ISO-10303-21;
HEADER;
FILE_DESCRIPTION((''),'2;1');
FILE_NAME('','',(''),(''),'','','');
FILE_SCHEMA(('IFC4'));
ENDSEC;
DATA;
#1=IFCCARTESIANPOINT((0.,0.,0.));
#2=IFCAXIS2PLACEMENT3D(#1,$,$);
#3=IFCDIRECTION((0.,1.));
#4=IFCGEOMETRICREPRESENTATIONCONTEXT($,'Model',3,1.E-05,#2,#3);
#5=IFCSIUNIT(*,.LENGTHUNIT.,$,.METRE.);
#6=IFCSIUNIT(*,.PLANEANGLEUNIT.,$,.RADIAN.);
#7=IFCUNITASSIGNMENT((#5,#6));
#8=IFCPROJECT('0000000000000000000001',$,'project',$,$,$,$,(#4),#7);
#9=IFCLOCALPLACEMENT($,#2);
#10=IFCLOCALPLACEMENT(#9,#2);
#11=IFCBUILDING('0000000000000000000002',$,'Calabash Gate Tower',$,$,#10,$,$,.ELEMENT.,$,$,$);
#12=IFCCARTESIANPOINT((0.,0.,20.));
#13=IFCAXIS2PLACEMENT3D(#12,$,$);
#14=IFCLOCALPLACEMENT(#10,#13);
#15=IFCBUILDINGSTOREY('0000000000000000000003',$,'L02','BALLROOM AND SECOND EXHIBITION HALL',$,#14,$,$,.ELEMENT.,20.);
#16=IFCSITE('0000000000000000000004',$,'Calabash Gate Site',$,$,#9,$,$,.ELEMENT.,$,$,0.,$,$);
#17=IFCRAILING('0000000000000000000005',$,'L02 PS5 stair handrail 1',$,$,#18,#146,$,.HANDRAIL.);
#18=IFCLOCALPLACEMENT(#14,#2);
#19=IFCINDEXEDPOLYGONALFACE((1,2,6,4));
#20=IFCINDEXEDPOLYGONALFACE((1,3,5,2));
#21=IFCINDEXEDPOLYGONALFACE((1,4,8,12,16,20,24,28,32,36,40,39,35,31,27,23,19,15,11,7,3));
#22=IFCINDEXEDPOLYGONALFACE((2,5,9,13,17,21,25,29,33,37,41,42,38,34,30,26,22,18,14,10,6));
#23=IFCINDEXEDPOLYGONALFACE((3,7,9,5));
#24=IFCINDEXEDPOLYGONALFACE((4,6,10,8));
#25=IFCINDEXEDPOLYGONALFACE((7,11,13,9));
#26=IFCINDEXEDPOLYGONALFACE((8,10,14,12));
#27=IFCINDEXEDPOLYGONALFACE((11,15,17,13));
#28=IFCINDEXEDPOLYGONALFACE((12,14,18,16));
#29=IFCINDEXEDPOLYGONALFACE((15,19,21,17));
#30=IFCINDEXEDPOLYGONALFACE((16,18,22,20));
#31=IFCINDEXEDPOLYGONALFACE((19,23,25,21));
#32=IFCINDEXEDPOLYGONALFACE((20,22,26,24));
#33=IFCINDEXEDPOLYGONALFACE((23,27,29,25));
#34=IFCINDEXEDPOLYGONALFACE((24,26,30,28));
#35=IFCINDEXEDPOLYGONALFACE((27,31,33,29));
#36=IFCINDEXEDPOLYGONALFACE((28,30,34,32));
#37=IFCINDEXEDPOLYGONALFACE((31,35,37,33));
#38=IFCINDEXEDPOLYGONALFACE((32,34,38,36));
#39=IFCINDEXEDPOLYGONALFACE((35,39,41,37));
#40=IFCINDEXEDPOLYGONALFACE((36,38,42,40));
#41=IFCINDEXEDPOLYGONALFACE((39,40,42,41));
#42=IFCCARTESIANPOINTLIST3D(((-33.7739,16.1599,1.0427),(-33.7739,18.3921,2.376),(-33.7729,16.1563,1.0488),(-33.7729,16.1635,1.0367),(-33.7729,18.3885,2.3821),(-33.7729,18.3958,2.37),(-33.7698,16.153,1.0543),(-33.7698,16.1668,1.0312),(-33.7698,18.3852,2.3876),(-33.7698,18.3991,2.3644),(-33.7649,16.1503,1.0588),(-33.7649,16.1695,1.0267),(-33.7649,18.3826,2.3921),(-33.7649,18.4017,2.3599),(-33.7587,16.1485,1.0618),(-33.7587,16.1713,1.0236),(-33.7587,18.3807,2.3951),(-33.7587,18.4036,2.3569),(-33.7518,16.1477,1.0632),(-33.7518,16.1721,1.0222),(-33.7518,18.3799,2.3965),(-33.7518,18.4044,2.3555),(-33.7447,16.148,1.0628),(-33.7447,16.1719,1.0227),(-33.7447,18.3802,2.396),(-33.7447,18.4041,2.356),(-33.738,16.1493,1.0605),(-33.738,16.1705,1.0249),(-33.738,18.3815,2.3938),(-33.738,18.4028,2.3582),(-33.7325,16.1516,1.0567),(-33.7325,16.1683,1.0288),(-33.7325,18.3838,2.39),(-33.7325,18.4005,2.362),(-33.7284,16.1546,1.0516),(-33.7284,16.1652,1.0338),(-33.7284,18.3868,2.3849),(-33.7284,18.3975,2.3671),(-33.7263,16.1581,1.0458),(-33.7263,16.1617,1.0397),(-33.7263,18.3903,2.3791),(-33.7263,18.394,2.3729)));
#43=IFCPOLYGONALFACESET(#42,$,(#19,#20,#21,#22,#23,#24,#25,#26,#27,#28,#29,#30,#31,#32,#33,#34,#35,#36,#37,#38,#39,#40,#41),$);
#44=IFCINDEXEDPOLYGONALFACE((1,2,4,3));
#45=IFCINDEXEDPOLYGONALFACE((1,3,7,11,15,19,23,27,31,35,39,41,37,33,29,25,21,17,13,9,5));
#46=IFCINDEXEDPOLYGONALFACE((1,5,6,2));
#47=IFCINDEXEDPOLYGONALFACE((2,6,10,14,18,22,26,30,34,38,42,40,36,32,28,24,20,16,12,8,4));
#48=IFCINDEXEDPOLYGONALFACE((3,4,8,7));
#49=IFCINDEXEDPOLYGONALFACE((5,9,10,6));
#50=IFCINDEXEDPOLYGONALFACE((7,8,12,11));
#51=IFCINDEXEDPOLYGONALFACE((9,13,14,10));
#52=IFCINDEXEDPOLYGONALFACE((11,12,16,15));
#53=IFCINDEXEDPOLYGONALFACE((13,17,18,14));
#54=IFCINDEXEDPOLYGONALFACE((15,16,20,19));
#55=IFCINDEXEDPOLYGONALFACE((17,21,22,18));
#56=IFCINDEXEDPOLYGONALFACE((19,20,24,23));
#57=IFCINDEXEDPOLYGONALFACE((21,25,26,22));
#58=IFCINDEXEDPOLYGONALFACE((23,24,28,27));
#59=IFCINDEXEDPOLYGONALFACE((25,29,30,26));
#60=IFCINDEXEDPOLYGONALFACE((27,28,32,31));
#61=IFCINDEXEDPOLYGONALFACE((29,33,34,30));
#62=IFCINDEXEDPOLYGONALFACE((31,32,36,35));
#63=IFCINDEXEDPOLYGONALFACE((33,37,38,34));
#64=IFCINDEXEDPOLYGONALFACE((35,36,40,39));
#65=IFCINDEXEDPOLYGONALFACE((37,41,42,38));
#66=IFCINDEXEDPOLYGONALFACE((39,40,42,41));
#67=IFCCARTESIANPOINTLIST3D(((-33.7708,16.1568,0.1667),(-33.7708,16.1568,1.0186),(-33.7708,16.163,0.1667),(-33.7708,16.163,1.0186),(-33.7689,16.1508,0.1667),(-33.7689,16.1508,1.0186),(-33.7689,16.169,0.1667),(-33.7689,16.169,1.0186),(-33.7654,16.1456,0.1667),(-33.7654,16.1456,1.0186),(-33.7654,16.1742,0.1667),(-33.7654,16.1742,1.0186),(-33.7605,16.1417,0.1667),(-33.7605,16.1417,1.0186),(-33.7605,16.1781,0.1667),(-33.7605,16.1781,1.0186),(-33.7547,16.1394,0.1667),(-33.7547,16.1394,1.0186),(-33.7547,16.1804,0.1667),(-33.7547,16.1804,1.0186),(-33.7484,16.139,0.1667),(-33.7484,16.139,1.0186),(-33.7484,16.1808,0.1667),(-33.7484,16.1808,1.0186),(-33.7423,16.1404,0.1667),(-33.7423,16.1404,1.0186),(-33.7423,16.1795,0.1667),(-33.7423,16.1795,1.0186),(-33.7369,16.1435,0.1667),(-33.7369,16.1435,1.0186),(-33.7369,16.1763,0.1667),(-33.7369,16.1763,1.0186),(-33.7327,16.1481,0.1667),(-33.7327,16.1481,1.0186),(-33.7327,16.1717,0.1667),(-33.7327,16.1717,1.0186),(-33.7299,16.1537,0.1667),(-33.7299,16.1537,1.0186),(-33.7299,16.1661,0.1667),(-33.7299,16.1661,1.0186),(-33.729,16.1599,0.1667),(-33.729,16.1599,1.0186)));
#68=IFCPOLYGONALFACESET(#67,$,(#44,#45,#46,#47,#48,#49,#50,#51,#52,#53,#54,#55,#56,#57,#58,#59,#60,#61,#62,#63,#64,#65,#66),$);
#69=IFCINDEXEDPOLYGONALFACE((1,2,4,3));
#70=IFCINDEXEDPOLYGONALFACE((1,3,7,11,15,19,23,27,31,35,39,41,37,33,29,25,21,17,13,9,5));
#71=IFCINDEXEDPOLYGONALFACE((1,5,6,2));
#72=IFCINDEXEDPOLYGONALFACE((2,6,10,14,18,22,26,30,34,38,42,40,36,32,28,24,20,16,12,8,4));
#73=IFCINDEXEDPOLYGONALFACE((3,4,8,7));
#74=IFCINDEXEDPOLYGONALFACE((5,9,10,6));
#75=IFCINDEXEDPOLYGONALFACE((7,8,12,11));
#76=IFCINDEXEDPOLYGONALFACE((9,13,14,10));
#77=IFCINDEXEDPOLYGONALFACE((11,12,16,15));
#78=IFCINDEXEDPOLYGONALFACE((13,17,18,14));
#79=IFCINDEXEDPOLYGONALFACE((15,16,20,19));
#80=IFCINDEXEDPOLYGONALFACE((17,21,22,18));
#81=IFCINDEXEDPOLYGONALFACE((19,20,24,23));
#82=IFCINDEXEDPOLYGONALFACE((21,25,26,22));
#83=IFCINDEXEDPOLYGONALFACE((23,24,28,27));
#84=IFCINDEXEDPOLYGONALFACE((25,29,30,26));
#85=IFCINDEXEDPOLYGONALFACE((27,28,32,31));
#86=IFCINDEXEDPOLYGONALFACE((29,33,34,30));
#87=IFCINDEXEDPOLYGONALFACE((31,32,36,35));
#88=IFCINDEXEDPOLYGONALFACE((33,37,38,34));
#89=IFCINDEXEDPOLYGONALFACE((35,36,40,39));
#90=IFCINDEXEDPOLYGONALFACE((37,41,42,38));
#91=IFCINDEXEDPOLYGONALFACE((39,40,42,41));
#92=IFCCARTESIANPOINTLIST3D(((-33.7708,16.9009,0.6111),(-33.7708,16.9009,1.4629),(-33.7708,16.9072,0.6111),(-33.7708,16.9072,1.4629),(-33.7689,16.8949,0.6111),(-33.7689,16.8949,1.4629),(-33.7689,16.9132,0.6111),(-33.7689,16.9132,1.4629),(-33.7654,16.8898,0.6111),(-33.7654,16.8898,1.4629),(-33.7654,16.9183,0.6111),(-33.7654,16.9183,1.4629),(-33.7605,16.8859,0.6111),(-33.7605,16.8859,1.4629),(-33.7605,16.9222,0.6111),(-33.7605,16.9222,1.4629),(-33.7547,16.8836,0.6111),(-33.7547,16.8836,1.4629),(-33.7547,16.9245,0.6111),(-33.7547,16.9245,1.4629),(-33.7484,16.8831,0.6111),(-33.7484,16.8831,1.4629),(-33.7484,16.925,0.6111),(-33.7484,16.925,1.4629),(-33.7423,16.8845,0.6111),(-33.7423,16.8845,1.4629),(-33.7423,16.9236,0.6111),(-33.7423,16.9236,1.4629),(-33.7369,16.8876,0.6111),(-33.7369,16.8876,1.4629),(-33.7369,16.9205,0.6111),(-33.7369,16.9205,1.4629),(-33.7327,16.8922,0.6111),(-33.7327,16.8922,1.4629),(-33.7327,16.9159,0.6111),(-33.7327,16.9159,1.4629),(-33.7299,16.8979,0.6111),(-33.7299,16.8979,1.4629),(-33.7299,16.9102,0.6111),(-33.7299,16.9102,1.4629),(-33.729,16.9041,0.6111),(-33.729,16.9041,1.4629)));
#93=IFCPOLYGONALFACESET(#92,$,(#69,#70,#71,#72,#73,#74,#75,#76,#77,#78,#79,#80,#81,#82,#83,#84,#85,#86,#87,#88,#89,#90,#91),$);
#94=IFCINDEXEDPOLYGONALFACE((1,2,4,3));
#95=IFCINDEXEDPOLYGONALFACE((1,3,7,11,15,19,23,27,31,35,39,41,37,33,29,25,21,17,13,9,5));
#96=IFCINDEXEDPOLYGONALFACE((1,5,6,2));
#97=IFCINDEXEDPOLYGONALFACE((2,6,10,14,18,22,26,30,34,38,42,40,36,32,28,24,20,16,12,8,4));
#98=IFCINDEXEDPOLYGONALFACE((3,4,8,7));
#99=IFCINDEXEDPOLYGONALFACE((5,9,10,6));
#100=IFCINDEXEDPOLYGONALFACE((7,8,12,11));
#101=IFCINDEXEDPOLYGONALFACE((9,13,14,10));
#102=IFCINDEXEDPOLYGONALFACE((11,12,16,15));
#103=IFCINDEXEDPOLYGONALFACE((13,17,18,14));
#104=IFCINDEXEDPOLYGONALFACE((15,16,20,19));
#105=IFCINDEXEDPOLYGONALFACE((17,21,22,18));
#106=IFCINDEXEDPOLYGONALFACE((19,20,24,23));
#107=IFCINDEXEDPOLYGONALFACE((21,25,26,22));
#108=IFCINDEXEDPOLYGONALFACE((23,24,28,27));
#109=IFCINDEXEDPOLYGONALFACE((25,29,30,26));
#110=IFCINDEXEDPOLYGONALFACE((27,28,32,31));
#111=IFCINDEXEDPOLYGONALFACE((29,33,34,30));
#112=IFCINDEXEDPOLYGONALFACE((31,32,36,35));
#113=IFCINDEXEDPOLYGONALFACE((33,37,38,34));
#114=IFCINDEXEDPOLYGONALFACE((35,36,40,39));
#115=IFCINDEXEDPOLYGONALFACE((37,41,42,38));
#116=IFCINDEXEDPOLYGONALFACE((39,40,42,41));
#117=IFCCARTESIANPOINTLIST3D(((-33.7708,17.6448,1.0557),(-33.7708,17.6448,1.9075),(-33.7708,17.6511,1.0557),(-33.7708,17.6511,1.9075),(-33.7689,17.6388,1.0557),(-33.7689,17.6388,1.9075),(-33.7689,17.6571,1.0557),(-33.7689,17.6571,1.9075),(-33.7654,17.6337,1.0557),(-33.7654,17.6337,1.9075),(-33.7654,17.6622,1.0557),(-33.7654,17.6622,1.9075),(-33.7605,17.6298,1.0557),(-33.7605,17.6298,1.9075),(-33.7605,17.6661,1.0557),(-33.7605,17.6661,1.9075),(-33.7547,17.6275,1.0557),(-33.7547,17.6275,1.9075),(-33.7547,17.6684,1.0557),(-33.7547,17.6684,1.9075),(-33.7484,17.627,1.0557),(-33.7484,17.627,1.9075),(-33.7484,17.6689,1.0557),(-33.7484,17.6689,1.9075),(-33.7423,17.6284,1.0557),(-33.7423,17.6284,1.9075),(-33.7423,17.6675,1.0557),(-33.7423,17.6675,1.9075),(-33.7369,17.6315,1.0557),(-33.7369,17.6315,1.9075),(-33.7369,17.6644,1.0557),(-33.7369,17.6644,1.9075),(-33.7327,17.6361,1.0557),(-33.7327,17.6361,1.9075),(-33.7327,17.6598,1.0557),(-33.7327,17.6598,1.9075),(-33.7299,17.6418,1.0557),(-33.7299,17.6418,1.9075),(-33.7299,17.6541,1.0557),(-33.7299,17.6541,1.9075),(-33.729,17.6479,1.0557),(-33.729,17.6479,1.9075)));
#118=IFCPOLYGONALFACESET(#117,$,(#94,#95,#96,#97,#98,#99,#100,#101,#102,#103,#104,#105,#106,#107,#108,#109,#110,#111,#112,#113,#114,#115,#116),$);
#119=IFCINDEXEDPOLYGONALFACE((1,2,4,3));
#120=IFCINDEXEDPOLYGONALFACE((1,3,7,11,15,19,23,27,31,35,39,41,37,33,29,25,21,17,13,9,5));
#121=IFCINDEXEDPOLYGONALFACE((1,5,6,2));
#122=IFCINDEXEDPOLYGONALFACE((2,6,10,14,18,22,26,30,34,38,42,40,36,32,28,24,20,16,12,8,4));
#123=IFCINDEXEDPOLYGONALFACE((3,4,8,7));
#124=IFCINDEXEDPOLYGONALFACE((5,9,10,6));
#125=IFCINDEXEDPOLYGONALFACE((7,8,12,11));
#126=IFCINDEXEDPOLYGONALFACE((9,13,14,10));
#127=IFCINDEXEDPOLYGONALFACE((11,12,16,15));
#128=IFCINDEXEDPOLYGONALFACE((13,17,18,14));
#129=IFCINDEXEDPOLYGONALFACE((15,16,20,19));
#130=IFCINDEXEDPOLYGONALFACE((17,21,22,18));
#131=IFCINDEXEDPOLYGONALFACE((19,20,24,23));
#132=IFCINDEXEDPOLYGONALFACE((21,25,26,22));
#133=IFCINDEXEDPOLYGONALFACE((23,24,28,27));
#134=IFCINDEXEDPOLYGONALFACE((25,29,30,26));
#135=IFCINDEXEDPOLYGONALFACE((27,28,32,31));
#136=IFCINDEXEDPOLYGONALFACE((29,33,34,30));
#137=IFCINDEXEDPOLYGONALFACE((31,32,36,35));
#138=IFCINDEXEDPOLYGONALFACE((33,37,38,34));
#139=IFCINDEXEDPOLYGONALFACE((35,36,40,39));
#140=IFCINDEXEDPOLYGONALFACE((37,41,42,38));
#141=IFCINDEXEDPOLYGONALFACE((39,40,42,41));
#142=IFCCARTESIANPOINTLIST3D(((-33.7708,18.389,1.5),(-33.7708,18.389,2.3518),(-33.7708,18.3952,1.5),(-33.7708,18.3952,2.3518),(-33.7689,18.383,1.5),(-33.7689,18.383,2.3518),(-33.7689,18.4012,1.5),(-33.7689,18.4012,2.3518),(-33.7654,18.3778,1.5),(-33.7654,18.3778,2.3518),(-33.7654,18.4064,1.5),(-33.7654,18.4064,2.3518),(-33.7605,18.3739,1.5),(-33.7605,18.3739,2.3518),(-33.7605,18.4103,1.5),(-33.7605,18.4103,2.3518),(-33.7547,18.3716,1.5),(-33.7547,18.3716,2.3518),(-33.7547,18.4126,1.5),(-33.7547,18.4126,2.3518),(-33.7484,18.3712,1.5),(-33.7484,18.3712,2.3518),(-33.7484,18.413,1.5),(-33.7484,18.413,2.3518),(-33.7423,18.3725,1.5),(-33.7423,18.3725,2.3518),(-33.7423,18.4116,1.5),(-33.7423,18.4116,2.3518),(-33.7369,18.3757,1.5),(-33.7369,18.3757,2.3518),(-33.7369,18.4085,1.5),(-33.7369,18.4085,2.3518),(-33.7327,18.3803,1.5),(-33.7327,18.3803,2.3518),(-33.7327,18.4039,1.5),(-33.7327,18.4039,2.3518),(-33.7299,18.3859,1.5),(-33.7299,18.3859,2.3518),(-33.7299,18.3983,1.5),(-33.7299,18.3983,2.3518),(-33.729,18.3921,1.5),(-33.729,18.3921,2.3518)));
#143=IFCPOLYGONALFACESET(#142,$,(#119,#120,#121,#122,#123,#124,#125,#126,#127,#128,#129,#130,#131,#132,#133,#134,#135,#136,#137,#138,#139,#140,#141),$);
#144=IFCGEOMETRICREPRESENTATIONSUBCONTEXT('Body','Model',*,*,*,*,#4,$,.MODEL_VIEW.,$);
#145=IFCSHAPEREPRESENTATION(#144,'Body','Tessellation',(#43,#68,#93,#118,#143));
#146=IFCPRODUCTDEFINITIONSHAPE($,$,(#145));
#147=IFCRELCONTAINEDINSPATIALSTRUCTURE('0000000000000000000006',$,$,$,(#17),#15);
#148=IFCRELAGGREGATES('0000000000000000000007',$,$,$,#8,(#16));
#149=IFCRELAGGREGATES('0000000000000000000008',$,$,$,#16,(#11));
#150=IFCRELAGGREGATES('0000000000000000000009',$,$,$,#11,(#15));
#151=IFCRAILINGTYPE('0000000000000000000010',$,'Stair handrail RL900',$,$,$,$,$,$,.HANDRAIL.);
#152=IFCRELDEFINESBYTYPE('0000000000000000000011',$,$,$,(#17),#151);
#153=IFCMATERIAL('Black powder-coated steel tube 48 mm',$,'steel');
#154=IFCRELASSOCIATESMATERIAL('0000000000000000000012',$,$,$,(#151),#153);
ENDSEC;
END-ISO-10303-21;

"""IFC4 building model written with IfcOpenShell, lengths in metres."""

from ifc_helpers import new_model, si_unit, direction, frame, origin, origin_2d, place, context, subcontext, project, spatial, circle, extrude, material, type_object, element, save


model = new_model("IFC4")

# Units and contexts
model_context = context("Model", 3, precision=1e-05, world=origin(), true_north=direction((0.0, 1.0)))
body_context = subcontext(model_context, "Body", "Model", "MODEL_VIEW")
ifc_project = project(units=[si_unit("LENGTHUNIT", "METRE"), si_unit("PLANEANGLEUNIT", "RADIAN")], contexts=[model_context])

# Site, building, storey
site_placement = place(None, origin())
site = spatial("IfcSite", under=ifc_project, at=site_placement, Name="Calabash Gate Site", CompositionType="ELEMENT", RefElevation=0.0)
building_placement = place(site_placement, origin())
building = spatial("IfcBuilding", under=site, at=building_placement, Name="Calabash Gate Tower", CompositionType="ELEMENT")
storey_placement = place(building_placement, frame((0.0, 0.0, 20.0)))
storey = spatial("IfcBuildingStorey", under=building, at=storey_placement, Name="L02", Description="BALLROOM AND SECOND EXHIBITION HALL", CompositionType="ELEMENT", Elevation=20.0)

# Railing
ifc_material_1 = material(Name="Black powder-coated steel tube 48 mm", Category="steel")
railing_type_1 = type_object("IfcRailingType", Name="Stair handrail RL900", PredefinedType="HANDRAIL", material=ifc_material_1)
for number, where, name in (
    (1, (-33.75, 16.1599, 0.1667), "L02 PS5 stair handrail 1"),
):
    element("IfcRailing", number, at=place(storey_placement, frame(where)), inside=storey, type_object=railing_type_1, Name=name, PredefinedType="HANDRAIL", context=body_context, shape_type="SweptSolid", body=[
        extrude(circle(Radius=0.0239, at=origin_2d()), frame((0.0, 0.0, 0.876), z_axis=(0.0, 0.858519, 0.512782), x_axis=(-1.0, 0.0, 0.0)), (0.0, 0.0, 1.0), 2.6001),
        extrude(circle(Radius=0.021, at=origin_2d()), origin(), (0.0, 0.0, 1.0), 0.8518),
        extrude(circle(Radius=0.021, at=origin_2d()), frame((0.0, 0.7441, 0.4443)), (0.0, 0.0, 1.0), 0.8518),
        extrude(circle(Radius=0.021, at=origin_2d()), frame((0.0, 1.488, 0.8889)), (0.0, 0.0, 1.0), 0.8518),
        extrude(circle(Radius=0.021, at=origin_2d()), frame((0.0, 2.2322, 1.3333)), (0.0, 0.0, 1.0), 0.8518),
    ])

save(model, "model.ifc")
